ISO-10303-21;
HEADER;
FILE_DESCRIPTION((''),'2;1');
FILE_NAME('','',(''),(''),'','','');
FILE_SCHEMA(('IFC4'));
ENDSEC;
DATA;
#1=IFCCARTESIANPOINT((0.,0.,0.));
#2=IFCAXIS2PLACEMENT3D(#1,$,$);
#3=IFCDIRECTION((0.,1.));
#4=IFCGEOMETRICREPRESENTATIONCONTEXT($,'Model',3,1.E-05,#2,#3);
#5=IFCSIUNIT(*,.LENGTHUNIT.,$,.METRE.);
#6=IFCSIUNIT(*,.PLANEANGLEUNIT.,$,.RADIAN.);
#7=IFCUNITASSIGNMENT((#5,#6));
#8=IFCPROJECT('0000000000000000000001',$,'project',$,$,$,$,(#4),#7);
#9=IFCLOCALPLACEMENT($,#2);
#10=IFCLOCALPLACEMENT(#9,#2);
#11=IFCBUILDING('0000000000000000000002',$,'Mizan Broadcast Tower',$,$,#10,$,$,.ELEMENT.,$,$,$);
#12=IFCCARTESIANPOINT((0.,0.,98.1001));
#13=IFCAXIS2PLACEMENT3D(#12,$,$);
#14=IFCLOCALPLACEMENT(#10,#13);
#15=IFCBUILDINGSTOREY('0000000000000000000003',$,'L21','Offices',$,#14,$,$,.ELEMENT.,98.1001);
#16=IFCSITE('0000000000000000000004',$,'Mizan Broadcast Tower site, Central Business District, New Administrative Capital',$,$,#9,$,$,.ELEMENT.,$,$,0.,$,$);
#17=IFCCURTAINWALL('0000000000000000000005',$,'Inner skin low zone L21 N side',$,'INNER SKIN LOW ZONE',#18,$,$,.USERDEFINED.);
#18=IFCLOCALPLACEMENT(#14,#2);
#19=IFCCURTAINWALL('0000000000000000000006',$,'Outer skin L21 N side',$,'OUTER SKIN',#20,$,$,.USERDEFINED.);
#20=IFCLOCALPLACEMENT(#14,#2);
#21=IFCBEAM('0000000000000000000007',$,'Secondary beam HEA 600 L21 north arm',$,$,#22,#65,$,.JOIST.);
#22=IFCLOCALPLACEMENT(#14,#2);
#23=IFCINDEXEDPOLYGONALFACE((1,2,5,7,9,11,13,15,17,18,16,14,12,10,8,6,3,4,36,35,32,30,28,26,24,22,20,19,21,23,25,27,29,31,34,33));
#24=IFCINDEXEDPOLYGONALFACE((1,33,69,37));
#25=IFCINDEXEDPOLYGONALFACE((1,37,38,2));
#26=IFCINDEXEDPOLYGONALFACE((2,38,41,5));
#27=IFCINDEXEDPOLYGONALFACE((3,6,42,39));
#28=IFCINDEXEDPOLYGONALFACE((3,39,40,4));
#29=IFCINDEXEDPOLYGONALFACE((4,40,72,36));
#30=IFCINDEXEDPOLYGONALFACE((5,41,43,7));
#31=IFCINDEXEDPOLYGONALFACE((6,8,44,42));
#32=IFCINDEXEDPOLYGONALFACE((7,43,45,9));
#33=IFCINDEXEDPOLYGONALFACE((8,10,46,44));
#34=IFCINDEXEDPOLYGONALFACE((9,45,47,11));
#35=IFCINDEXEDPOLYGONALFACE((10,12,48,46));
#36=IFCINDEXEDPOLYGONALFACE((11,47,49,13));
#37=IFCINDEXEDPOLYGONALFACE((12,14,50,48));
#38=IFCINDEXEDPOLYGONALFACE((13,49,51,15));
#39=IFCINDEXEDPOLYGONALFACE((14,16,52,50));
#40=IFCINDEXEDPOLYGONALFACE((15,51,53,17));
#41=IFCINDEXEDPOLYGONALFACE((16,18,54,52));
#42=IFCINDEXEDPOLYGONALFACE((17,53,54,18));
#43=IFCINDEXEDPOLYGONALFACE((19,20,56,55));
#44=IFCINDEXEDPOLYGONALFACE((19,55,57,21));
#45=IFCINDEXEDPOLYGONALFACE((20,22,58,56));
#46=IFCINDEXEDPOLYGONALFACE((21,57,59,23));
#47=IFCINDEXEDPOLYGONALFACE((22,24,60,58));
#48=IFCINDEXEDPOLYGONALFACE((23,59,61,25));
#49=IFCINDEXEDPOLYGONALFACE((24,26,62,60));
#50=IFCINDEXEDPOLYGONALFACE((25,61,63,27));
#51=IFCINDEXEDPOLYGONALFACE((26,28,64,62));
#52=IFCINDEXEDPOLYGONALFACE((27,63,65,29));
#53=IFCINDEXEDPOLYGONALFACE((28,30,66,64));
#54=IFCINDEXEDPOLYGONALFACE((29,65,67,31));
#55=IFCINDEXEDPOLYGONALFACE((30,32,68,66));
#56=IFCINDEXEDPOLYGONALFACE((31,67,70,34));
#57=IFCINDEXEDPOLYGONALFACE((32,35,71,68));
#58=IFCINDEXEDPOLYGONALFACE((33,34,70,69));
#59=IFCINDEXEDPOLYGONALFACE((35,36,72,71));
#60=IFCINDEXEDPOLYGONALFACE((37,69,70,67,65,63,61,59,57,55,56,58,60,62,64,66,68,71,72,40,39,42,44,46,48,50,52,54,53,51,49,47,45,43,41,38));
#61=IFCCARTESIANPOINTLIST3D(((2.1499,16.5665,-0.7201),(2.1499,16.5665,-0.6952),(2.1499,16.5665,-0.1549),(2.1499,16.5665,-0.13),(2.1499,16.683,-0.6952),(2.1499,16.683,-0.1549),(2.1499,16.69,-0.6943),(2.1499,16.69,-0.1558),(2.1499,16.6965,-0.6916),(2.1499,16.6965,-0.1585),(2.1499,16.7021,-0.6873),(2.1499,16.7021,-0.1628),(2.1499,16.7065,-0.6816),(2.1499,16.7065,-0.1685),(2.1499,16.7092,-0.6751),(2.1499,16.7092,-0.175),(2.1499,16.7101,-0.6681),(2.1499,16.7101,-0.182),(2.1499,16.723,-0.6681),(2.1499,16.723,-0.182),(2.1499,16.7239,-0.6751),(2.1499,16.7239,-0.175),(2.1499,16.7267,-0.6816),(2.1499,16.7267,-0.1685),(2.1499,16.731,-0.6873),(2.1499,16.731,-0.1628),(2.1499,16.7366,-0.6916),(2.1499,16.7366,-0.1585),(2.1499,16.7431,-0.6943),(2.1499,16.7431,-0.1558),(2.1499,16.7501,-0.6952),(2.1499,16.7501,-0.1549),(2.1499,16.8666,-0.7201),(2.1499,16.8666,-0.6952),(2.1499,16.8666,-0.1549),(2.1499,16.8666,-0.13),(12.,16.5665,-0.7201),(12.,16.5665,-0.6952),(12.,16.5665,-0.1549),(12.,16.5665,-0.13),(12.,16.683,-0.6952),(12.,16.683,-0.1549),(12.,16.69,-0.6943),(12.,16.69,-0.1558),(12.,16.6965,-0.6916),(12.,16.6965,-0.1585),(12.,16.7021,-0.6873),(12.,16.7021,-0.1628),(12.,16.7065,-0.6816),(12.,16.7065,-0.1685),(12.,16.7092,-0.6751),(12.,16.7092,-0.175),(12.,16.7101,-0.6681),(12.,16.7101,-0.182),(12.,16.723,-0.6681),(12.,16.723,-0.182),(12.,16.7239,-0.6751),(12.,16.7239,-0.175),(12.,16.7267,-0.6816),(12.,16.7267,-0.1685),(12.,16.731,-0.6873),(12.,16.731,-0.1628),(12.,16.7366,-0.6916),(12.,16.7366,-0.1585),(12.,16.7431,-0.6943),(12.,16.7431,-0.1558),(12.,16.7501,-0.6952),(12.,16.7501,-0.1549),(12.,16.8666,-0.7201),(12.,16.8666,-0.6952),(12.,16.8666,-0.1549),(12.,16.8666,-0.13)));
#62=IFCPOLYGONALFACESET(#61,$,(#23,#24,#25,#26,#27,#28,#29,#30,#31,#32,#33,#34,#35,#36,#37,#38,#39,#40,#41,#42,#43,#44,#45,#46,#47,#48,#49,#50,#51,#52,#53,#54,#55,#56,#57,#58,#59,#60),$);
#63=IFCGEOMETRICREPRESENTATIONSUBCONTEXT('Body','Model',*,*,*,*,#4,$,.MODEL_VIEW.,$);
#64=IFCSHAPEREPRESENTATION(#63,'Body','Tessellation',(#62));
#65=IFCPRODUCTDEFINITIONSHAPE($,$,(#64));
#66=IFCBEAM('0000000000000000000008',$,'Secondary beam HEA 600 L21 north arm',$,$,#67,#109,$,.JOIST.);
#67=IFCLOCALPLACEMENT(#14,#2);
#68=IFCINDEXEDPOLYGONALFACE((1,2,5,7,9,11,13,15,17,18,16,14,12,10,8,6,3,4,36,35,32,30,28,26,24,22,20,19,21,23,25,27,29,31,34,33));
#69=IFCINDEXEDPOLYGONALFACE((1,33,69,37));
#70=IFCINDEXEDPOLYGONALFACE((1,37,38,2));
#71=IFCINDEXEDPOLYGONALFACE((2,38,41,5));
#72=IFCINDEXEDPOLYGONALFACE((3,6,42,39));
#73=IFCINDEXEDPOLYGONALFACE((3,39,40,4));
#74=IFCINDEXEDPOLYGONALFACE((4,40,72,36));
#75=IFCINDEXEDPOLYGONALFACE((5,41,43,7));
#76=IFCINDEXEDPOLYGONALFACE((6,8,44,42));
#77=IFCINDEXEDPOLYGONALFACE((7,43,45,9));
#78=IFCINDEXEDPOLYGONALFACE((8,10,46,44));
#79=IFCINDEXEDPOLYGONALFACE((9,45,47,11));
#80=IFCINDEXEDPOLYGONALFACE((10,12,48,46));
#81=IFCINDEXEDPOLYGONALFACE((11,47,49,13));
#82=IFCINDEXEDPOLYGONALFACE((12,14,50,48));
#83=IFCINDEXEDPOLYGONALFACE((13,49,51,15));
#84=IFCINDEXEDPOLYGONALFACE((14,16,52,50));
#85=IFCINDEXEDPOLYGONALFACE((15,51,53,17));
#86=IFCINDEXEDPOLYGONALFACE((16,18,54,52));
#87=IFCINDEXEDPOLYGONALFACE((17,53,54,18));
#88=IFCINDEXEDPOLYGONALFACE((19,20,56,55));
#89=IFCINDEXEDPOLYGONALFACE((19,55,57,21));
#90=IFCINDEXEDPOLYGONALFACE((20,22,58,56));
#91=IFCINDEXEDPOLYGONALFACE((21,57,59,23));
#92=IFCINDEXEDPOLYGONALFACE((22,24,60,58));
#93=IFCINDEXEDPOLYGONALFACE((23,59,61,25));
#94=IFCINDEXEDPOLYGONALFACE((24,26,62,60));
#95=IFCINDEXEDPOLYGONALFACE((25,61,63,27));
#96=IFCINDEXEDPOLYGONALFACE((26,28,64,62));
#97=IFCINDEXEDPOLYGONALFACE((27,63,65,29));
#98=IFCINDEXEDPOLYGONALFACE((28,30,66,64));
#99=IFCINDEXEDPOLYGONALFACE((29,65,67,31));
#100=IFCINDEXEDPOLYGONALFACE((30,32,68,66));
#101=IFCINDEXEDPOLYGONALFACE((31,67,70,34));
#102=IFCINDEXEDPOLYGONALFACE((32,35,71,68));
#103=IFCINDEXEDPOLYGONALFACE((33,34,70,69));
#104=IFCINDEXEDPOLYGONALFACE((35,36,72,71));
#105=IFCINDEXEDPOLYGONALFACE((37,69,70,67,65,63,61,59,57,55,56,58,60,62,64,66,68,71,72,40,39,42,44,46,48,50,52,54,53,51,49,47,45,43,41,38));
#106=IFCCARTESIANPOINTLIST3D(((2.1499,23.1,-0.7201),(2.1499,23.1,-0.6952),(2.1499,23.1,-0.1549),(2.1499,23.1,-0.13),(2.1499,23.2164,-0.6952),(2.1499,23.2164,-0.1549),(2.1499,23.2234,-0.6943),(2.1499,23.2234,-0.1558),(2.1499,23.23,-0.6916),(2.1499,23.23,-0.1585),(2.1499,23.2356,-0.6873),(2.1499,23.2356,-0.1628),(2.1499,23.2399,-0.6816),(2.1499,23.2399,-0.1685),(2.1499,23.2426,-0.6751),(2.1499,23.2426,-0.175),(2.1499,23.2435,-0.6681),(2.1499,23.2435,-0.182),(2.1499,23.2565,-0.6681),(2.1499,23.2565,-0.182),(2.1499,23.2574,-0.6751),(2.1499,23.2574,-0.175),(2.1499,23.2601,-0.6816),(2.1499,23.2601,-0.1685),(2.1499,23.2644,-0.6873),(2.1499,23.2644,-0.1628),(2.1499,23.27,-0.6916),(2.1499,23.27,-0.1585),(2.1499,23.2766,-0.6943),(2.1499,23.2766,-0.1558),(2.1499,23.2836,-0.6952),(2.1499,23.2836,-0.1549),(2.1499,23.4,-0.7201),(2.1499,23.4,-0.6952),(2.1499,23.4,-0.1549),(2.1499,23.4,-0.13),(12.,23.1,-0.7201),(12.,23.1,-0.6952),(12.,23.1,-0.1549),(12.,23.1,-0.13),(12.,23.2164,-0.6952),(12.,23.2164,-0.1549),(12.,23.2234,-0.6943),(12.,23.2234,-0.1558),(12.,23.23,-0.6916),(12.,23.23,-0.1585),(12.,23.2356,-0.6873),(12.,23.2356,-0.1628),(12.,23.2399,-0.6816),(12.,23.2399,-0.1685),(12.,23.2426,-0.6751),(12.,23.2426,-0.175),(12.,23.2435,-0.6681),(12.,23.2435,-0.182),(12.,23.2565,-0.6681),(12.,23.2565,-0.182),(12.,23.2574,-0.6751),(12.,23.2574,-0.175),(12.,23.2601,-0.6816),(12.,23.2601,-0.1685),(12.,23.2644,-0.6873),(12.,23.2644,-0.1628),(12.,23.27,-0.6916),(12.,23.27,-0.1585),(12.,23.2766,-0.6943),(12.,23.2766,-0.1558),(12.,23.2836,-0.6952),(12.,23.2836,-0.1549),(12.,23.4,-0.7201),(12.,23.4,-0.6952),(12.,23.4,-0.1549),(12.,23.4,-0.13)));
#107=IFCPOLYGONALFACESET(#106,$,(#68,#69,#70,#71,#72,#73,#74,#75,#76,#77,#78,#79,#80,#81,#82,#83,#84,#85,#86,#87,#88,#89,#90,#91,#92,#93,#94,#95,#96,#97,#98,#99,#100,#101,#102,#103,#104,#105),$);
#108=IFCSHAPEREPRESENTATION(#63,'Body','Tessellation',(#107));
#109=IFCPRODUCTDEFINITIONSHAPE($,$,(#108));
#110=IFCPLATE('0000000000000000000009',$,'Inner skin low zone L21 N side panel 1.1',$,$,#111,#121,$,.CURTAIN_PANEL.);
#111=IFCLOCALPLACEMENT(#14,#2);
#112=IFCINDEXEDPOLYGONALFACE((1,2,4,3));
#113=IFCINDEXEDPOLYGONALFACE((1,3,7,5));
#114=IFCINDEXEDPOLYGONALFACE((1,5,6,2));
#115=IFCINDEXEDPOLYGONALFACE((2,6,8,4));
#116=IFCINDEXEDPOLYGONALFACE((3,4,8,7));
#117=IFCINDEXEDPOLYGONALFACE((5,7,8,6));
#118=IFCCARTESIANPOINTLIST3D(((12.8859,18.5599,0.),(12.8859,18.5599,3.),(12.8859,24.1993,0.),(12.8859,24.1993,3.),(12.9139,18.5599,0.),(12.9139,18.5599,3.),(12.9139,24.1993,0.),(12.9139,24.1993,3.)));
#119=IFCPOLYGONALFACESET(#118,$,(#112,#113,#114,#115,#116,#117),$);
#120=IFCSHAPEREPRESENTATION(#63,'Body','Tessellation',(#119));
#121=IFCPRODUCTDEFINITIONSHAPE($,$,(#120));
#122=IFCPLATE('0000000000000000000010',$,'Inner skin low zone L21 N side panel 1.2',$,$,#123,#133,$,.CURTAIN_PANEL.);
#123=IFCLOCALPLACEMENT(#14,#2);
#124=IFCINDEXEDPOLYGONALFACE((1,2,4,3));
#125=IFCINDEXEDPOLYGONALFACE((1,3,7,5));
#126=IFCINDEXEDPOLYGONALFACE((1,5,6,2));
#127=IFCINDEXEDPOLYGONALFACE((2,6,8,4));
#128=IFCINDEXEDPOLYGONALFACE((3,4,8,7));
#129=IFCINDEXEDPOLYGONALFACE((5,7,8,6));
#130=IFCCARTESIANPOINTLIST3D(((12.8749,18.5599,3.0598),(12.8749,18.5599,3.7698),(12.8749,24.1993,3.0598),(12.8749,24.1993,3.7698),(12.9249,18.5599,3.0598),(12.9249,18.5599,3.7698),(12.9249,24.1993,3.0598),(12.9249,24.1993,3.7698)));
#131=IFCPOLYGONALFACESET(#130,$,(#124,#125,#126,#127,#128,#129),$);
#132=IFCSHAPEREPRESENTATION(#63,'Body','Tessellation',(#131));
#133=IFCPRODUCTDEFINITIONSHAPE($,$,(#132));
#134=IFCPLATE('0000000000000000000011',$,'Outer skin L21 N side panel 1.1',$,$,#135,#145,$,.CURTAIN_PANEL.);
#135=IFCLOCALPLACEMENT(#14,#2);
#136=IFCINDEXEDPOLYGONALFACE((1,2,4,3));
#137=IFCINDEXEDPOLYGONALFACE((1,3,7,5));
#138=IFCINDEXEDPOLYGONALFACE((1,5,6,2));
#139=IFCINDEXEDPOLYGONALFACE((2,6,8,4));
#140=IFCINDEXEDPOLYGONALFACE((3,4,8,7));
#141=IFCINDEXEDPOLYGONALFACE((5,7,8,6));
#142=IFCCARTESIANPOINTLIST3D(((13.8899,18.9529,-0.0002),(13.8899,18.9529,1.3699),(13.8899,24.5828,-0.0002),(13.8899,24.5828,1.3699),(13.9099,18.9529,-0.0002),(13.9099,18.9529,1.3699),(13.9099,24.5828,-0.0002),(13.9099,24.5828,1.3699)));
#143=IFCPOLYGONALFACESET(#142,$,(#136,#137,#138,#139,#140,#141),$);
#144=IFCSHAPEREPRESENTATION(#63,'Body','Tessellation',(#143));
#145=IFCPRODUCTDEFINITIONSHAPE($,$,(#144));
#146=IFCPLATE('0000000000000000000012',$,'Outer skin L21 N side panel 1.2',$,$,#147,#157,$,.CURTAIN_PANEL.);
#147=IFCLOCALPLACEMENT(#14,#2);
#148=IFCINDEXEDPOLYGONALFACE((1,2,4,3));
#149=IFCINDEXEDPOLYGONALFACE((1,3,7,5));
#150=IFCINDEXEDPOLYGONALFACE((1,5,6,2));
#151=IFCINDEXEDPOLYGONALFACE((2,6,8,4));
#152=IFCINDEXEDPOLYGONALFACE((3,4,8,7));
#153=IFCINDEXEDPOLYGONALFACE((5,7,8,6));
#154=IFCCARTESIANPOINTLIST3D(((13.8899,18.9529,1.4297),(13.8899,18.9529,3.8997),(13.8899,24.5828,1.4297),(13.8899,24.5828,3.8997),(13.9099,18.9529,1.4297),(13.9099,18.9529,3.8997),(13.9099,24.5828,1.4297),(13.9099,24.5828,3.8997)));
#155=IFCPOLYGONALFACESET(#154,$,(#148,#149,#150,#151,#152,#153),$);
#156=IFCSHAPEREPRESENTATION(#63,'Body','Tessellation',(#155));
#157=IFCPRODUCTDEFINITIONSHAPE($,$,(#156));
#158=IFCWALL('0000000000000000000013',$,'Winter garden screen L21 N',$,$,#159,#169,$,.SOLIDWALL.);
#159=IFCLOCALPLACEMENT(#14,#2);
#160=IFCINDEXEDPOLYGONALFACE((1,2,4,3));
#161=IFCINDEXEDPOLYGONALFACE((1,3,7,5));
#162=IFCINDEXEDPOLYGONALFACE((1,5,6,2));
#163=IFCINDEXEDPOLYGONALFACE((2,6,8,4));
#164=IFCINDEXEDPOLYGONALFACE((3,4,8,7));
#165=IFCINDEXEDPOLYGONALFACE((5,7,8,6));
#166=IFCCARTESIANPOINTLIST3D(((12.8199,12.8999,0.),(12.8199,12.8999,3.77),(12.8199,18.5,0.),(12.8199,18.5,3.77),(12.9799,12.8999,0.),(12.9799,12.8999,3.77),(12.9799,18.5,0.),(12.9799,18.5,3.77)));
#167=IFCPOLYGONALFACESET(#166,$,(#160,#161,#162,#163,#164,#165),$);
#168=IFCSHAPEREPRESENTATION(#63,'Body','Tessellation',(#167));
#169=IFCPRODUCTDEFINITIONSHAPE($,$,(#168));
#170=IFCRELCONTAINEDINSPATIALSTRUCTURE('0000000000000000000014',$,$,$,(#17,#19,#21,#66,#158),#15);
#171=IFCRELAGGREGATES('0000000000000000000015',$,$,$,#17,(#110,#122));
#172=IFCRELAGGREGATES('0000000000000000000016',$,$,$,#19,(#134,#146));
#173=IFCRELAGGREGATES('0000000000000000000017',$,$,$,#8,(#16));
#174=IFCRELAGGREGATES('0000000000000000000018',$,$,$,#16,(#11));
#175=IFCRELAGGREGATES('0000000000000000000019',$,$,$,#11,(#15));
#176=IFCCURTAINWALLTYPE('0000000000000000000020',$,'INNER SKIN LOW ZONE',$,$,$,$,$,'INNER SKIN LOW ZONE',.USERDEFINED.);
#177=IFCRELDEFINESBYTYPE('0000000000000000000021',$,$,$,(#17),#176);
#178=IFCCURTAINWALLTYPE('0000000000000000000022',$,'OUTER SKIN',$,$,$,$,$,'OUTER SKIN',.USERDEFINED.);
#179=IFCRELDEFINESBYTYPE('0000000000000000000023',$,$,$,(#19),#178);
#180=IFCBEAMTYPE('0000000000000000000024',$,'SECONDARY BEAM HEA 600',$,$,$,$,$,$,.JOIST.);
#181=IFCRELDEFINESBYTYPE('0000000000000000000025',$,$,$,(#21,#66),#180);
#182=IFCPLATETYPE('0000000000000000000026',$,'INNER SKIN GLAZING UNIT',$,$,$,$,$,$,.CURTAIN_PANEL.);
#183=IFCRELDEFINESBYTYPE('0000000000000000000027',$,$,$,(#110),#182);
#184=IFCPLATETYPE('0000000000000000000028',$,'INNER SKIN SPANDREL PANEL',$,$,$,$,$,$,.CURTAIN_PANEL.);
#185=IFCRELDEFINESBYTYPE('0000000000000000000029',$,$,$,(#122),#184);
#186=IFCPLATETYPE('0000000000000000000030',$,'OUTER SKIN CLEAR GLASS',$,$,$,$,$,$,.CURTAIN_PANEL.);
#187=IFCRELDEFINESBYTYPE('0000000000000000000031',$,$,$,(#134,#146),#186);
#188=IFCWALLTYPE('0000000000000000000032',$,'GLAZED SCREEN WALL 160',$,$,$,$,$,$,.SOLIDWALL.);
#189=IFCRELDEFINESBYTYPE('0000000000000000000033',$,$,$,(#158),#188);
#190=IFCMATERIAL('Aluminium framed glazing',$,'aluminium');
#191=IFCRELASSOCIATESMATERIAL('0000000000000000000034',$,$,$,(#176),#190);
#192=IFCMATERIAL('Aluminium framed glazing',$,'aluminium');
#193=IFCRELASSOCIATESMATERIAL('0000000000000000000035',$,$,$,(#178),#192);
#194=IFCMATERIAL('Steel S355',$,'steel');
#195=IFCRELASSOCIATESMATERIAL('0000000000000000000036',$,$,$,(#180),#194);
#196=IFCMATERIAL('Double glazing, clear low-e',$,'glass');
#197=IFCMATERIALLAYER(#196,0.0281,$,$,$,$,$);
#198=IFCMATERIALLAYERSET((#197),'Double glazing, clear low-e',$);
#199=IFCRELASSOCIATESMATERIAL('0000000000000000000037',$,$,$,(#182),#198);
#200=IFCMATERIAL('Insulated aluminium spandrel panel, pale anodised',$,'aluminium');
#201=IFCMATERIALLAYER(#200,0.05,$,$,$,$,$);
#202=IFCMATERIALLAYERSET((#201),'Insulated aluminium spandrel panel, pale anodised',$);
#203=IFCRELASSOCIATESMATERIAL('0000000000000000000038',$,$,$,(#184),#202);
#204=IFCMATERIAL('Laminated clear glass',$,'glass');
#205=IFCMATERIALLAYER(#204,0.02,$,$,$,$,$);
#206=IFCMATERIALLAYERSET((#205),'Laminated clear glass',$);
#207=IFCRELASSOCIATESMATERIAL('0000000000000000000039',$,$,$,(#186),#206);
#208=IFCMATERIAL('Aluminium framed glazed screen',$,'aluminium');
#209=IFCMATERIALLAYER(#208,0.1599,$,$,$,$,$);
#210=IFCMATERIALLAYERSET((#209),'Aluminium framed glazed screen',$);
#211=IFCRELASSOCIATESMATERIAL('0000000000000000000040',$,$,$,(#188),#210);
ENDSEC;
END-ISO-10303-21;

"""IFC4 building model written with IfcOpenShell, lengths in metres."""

from ifc_helpers import new_model, si_unit, direction, frame, frame_2d, origin, origin_2d, place, context, subcontext, project, spatial, rectangle, i_section, extrude, material, layer, layer_set, material_profile, profile_set, type_object, element, aggregate, save


model = new_model("IFC4")

# Units and contexts
model_context = context("Model", 3, precision=1e-05, world=origin(), true_north=direction((0.0, 1.0)))
body_context = subcontext(model_context, "Body", "Model", "MODEL_VIEW")
ifc_project = project(units=[si_unit("LENGTHUNIT", "METRE"), si_unit("PLANEANGLEUNIT", "RADIAN")], contexts=[model_context])

# Site, building, storey
site_placement = place(None, origin())
site = spatial("IfcSite", under=ifc_project, at=site_placement, Name="Mizan Broadcast Tower site, Central Business District, New Administrative Capital", CompositionType="ELEMENT", RefElevation=0.0)
building_placement = place(site_placement, origin())
building = spatial("IfcBuilding", under=site, at=building_placement, Name="Mizan Broadcast Tower", CompositionType="ELEMENT")
storey_placement = place(building_placement, frame((0.0, 0.0, 98.1001)))
storey = spatial("IfcBuildingStorey", under=building, at=storey_placement, Name="L21", Description="Offices", CompositionType="ELEMENT", Elevation=98.1001)

# Curtain wall
ifc_material_1 = material(Name="Aluminium framed glazing", Category="aluminium")
curtain_wall_type_1 = type_object("IfcCurtainWallType", Name="INNER SKIN LOW ZONE", ElementType="INNER SKIN LOW ZONE", PredefinedType="USERDEFINED", material=ifc_material_1)
curtain_wall_1_placement = place(storey_placement, origin())
curtain_wall_1 = element("IfcCurtainWall", 1, at=curtain_wall_1_placement, inside=storey, type_object=curtain_wall_type_1, Name="Inner skin low zone L21 N side", ObjectType="INNER SKIN LOW ZONE", PredefinedType="USERDEFINED")

# Curtain wall
ifc_material_2 = material(Name="Aluminium framed glazing", Category="aluminium")
curtain_wall_type_2 = type_object("IfcCurtainWallType", Name="OUTER SKIN", ElementType="OUTER SKIN", PredefinedType="USERDEFINED", material=ifc_material_2)
curtain_wall_2_placement = place(storey_placement, origin())
curtain_wall_2 = element("IfcCurtainWall", 2, at=curtain_wall_2_placement, inside=storey, type_object=curtain_wall_type_2, Name="Outer skin L21 N side", ObjectType="OUTER SKIN", PredefinedType="USERDEFINED")

# Beams
ifc_material_3 = material(Name="Steel S355", Category="steel")
ifc_material_profile_1 = material_profile(ifc_material_3, i_section(OverallWidth=0.3, OverallDepth=0.5901, WebThickness=0.0129, FlangeThickness=0.0249, FilletRadius=0.0271, at=origin_2d()), Name="HEA 600")
ifc_profile_set_1 = profile_set([ifc_material_profile_1], Name="Steel S355")
beam_type_1 = type_object("IfcBeamType", Name="SECONDARY BEAM HEA 600", PredefinedType="JOIST", material=ifc_profile_set_1)
for number, where, z_axis, x_axis, name in (
    (3, (12.0, 16.7166, -0.425), (-1.0, 0.0, 0.0), (0.0, -1.0, 0.0), "Secondary beam HEA 600 L21 north arm"),
    (4, (12.0, 23.25, -0.425), (-1.0, 0.0, 0.0), (0.0, -1.0, 0.0), "Secondary beam HEA 600 L21 north arm"),
):
    element("IfcBeam", number, at=place(storey_placement, frame(where, z_axis=z_axis, x_axis=x_axis)), inside=storey, type_object=beam_type_1, Name=name, PredefinedType="JOIST", context=body_context, shape_type="SweptSolid", body=[
        extrude(i_section(OverallWidth=0.3, OverallDepth=0.5901, WebThickness=0.0129, FlangeThickness=0.0249, FilletRadius=0.0271, at=origin_2d()), origin(), (0.0, 0.0, 1.0), 9.8501),
    ])

# Plates
ifc_material_4 = material(Name="Double glazing, clear low-e", Category="glass")
ifc_layer_1 = layer(ifc_material_4, 0.0281)
ifc_layer_set_1 = layer_set([ifc_layer_1], Name="Double glazing, clear low-e")
plate_type_1 = type_object("IfcPlateType", Name="INNER SKIN GLAZING UNIT", PredefinedType="CURTAIN_PANEL", material=ifc_layer_set_1)
plate_1_placement = place(storey_placement, frame((12.8999, 21.3796, 0.0), z_axis=(0.0, 0.0, 1.0), x_axis=(0.0, 1.0, 0.0)))
plate_1 = element("IfcPlate", 5, at=plate_1_placement, type_object=plate_type_1, Name="Inner skin low zone L21 N side panel 1.1", PredefinedType="CURTAIN_PANEL", context=body_context, shape_type="SweptSolid", body=[
    extrude(rectangle(XDim=5.6394, YDim=0.0281, at=origin_2d()), origin(), (0.0, 0.0, 1.0), 3.0),
])
ifc_material_5 = material(Name="Insulated aluminium spandrel panel, pale anodised", Category="aluminium")
ifc_layer_2 = layer(ifc_material_5, 0.05)
ifc_layer_set_2 = layer_set([ifc_layer_2], Name="Insulated aluminium spandrel panel, pale anodised")
plate_type_2 = type_object("IfcPlateType", Name="INNER SKIN SPANDREL PANEL", PredefinedType="CURTAIN_PANEL", material=ifc_layer_set_2)
plate_2_placement = place(storey_placement, frame((12.8999, 21.3796, 3.0598), z_axis=(0.0, 0.0, 1.0), x_axis=(0.0, 1.0, 0.0)))
plate_2 = element("IfcPlate", 6, at=plate_2_placement, type_object=plate_type_2, Name="Inner skin low zone L21 N side panel 1.2", PredefinedType="CURTAIN_PANEL", context=body_context, shape_type="SweptSolid", body=[
    extrude(rectangle(XDim=5.6394, YDim=0.05, at=origin_2d()), origin(), (0.0, 0.0, 1.0), 0.71),
])
aggregate(curtain_wall_1, [plate_1, plate_2])
ifc_material_6 = material(Name="Laminated clear glass", Category="glass")
ifc_layer_3 = layer(ifc_material_6, 0.02)
ifc_layer_set_3 = layer_set([ifc_layer_3], Name="Laminated clear glass")
plate_type_3 = type_object("IfcPlateType", Name="OUTER SKIN CLEAR GLASS", PredefinedType="CURTAIN_PANEL", material=ifc_layer_set_3)
plate_3_placement = place(storey_placement, frame((13.8999, 21.7678, -0.0002), z_axis=(0.0, 0.0, 1.0), x_axis=(0.0, 1.0, 0.0)))
plate_3 = element("IfcPlate", 7, at=plate_3_placement, type_object=plate_type_3, Name="Outer skin L21 N side panel 1.1", PredefinedType="CURTAIN_PANEL", context=body_context, shape_type="SweptSolid", body=[
    extrude(rectangle(XDim=5.6299, YDim=0.02, at=origin_2d()), origin(), (0.0, 0.0, 1.0), 1.3701),
])
plate_4_placement = place(storey_placement, frame((13.8999, 21.7678, 1.4297), z_axis=(0.0, 0.0, 1.0), x_axis=(0.0, 1.0, 0.0)))
plate_4 = element("IfcPlate", 8, at=plate_4_placement, type_object=plate_type_3, Name="Outer skin L21 N side panel 1.2", PredefinedType="CURTAIN_PANEL", context=body_context, shape_type="SweptSolid", body=[
    extrude(rectangle(XDim=5.6299, YDim=0.02, at=origin_2d()), origin(), (0.0, 0.0, 1.0), 2.47),
])
aggregate(curtain_wall_2, [plate_3, plate_4])

# Wall
ifc_material_7 = material(Name="Aluminium framed glazed screen", Category="aluminium")
ifc_layer_4 = layer(ifc_material_7, 0.1599)
ifc_layer_set_4 = layer_set([ifc_layer_4], Name="Aluminium framed glazed screen")
wall_type_1 = type_object("IfcWallType", Name="GLAZED SCREEN WALL 160", PredefinedType="SOLIDWALL", material=ifc_layer_set_4)
wall_1_placement = place(storey_placement, frame((12.8999, 12.8999, 0.0), z_axis=(0.0, 0.0, 1.0), x_axis=(0.0, 1.0, 0.0)))
element("IfcWall", 9, at=wall_1_placement, inside=storey, type_object=wall_type_1, Name="Winter garden screen L21 N", PredefinedType="SOLIDWALL", context=body_context, shape_type="SweptSolid", body=[
    extrude(rectangle(XDim=5.6001, YDim=0.1599, at=frame_2d((2.8, 0.0))), origin(), (0.0, 0.0, 1.0), 3.77),
])

save(model, "model.ifc")
